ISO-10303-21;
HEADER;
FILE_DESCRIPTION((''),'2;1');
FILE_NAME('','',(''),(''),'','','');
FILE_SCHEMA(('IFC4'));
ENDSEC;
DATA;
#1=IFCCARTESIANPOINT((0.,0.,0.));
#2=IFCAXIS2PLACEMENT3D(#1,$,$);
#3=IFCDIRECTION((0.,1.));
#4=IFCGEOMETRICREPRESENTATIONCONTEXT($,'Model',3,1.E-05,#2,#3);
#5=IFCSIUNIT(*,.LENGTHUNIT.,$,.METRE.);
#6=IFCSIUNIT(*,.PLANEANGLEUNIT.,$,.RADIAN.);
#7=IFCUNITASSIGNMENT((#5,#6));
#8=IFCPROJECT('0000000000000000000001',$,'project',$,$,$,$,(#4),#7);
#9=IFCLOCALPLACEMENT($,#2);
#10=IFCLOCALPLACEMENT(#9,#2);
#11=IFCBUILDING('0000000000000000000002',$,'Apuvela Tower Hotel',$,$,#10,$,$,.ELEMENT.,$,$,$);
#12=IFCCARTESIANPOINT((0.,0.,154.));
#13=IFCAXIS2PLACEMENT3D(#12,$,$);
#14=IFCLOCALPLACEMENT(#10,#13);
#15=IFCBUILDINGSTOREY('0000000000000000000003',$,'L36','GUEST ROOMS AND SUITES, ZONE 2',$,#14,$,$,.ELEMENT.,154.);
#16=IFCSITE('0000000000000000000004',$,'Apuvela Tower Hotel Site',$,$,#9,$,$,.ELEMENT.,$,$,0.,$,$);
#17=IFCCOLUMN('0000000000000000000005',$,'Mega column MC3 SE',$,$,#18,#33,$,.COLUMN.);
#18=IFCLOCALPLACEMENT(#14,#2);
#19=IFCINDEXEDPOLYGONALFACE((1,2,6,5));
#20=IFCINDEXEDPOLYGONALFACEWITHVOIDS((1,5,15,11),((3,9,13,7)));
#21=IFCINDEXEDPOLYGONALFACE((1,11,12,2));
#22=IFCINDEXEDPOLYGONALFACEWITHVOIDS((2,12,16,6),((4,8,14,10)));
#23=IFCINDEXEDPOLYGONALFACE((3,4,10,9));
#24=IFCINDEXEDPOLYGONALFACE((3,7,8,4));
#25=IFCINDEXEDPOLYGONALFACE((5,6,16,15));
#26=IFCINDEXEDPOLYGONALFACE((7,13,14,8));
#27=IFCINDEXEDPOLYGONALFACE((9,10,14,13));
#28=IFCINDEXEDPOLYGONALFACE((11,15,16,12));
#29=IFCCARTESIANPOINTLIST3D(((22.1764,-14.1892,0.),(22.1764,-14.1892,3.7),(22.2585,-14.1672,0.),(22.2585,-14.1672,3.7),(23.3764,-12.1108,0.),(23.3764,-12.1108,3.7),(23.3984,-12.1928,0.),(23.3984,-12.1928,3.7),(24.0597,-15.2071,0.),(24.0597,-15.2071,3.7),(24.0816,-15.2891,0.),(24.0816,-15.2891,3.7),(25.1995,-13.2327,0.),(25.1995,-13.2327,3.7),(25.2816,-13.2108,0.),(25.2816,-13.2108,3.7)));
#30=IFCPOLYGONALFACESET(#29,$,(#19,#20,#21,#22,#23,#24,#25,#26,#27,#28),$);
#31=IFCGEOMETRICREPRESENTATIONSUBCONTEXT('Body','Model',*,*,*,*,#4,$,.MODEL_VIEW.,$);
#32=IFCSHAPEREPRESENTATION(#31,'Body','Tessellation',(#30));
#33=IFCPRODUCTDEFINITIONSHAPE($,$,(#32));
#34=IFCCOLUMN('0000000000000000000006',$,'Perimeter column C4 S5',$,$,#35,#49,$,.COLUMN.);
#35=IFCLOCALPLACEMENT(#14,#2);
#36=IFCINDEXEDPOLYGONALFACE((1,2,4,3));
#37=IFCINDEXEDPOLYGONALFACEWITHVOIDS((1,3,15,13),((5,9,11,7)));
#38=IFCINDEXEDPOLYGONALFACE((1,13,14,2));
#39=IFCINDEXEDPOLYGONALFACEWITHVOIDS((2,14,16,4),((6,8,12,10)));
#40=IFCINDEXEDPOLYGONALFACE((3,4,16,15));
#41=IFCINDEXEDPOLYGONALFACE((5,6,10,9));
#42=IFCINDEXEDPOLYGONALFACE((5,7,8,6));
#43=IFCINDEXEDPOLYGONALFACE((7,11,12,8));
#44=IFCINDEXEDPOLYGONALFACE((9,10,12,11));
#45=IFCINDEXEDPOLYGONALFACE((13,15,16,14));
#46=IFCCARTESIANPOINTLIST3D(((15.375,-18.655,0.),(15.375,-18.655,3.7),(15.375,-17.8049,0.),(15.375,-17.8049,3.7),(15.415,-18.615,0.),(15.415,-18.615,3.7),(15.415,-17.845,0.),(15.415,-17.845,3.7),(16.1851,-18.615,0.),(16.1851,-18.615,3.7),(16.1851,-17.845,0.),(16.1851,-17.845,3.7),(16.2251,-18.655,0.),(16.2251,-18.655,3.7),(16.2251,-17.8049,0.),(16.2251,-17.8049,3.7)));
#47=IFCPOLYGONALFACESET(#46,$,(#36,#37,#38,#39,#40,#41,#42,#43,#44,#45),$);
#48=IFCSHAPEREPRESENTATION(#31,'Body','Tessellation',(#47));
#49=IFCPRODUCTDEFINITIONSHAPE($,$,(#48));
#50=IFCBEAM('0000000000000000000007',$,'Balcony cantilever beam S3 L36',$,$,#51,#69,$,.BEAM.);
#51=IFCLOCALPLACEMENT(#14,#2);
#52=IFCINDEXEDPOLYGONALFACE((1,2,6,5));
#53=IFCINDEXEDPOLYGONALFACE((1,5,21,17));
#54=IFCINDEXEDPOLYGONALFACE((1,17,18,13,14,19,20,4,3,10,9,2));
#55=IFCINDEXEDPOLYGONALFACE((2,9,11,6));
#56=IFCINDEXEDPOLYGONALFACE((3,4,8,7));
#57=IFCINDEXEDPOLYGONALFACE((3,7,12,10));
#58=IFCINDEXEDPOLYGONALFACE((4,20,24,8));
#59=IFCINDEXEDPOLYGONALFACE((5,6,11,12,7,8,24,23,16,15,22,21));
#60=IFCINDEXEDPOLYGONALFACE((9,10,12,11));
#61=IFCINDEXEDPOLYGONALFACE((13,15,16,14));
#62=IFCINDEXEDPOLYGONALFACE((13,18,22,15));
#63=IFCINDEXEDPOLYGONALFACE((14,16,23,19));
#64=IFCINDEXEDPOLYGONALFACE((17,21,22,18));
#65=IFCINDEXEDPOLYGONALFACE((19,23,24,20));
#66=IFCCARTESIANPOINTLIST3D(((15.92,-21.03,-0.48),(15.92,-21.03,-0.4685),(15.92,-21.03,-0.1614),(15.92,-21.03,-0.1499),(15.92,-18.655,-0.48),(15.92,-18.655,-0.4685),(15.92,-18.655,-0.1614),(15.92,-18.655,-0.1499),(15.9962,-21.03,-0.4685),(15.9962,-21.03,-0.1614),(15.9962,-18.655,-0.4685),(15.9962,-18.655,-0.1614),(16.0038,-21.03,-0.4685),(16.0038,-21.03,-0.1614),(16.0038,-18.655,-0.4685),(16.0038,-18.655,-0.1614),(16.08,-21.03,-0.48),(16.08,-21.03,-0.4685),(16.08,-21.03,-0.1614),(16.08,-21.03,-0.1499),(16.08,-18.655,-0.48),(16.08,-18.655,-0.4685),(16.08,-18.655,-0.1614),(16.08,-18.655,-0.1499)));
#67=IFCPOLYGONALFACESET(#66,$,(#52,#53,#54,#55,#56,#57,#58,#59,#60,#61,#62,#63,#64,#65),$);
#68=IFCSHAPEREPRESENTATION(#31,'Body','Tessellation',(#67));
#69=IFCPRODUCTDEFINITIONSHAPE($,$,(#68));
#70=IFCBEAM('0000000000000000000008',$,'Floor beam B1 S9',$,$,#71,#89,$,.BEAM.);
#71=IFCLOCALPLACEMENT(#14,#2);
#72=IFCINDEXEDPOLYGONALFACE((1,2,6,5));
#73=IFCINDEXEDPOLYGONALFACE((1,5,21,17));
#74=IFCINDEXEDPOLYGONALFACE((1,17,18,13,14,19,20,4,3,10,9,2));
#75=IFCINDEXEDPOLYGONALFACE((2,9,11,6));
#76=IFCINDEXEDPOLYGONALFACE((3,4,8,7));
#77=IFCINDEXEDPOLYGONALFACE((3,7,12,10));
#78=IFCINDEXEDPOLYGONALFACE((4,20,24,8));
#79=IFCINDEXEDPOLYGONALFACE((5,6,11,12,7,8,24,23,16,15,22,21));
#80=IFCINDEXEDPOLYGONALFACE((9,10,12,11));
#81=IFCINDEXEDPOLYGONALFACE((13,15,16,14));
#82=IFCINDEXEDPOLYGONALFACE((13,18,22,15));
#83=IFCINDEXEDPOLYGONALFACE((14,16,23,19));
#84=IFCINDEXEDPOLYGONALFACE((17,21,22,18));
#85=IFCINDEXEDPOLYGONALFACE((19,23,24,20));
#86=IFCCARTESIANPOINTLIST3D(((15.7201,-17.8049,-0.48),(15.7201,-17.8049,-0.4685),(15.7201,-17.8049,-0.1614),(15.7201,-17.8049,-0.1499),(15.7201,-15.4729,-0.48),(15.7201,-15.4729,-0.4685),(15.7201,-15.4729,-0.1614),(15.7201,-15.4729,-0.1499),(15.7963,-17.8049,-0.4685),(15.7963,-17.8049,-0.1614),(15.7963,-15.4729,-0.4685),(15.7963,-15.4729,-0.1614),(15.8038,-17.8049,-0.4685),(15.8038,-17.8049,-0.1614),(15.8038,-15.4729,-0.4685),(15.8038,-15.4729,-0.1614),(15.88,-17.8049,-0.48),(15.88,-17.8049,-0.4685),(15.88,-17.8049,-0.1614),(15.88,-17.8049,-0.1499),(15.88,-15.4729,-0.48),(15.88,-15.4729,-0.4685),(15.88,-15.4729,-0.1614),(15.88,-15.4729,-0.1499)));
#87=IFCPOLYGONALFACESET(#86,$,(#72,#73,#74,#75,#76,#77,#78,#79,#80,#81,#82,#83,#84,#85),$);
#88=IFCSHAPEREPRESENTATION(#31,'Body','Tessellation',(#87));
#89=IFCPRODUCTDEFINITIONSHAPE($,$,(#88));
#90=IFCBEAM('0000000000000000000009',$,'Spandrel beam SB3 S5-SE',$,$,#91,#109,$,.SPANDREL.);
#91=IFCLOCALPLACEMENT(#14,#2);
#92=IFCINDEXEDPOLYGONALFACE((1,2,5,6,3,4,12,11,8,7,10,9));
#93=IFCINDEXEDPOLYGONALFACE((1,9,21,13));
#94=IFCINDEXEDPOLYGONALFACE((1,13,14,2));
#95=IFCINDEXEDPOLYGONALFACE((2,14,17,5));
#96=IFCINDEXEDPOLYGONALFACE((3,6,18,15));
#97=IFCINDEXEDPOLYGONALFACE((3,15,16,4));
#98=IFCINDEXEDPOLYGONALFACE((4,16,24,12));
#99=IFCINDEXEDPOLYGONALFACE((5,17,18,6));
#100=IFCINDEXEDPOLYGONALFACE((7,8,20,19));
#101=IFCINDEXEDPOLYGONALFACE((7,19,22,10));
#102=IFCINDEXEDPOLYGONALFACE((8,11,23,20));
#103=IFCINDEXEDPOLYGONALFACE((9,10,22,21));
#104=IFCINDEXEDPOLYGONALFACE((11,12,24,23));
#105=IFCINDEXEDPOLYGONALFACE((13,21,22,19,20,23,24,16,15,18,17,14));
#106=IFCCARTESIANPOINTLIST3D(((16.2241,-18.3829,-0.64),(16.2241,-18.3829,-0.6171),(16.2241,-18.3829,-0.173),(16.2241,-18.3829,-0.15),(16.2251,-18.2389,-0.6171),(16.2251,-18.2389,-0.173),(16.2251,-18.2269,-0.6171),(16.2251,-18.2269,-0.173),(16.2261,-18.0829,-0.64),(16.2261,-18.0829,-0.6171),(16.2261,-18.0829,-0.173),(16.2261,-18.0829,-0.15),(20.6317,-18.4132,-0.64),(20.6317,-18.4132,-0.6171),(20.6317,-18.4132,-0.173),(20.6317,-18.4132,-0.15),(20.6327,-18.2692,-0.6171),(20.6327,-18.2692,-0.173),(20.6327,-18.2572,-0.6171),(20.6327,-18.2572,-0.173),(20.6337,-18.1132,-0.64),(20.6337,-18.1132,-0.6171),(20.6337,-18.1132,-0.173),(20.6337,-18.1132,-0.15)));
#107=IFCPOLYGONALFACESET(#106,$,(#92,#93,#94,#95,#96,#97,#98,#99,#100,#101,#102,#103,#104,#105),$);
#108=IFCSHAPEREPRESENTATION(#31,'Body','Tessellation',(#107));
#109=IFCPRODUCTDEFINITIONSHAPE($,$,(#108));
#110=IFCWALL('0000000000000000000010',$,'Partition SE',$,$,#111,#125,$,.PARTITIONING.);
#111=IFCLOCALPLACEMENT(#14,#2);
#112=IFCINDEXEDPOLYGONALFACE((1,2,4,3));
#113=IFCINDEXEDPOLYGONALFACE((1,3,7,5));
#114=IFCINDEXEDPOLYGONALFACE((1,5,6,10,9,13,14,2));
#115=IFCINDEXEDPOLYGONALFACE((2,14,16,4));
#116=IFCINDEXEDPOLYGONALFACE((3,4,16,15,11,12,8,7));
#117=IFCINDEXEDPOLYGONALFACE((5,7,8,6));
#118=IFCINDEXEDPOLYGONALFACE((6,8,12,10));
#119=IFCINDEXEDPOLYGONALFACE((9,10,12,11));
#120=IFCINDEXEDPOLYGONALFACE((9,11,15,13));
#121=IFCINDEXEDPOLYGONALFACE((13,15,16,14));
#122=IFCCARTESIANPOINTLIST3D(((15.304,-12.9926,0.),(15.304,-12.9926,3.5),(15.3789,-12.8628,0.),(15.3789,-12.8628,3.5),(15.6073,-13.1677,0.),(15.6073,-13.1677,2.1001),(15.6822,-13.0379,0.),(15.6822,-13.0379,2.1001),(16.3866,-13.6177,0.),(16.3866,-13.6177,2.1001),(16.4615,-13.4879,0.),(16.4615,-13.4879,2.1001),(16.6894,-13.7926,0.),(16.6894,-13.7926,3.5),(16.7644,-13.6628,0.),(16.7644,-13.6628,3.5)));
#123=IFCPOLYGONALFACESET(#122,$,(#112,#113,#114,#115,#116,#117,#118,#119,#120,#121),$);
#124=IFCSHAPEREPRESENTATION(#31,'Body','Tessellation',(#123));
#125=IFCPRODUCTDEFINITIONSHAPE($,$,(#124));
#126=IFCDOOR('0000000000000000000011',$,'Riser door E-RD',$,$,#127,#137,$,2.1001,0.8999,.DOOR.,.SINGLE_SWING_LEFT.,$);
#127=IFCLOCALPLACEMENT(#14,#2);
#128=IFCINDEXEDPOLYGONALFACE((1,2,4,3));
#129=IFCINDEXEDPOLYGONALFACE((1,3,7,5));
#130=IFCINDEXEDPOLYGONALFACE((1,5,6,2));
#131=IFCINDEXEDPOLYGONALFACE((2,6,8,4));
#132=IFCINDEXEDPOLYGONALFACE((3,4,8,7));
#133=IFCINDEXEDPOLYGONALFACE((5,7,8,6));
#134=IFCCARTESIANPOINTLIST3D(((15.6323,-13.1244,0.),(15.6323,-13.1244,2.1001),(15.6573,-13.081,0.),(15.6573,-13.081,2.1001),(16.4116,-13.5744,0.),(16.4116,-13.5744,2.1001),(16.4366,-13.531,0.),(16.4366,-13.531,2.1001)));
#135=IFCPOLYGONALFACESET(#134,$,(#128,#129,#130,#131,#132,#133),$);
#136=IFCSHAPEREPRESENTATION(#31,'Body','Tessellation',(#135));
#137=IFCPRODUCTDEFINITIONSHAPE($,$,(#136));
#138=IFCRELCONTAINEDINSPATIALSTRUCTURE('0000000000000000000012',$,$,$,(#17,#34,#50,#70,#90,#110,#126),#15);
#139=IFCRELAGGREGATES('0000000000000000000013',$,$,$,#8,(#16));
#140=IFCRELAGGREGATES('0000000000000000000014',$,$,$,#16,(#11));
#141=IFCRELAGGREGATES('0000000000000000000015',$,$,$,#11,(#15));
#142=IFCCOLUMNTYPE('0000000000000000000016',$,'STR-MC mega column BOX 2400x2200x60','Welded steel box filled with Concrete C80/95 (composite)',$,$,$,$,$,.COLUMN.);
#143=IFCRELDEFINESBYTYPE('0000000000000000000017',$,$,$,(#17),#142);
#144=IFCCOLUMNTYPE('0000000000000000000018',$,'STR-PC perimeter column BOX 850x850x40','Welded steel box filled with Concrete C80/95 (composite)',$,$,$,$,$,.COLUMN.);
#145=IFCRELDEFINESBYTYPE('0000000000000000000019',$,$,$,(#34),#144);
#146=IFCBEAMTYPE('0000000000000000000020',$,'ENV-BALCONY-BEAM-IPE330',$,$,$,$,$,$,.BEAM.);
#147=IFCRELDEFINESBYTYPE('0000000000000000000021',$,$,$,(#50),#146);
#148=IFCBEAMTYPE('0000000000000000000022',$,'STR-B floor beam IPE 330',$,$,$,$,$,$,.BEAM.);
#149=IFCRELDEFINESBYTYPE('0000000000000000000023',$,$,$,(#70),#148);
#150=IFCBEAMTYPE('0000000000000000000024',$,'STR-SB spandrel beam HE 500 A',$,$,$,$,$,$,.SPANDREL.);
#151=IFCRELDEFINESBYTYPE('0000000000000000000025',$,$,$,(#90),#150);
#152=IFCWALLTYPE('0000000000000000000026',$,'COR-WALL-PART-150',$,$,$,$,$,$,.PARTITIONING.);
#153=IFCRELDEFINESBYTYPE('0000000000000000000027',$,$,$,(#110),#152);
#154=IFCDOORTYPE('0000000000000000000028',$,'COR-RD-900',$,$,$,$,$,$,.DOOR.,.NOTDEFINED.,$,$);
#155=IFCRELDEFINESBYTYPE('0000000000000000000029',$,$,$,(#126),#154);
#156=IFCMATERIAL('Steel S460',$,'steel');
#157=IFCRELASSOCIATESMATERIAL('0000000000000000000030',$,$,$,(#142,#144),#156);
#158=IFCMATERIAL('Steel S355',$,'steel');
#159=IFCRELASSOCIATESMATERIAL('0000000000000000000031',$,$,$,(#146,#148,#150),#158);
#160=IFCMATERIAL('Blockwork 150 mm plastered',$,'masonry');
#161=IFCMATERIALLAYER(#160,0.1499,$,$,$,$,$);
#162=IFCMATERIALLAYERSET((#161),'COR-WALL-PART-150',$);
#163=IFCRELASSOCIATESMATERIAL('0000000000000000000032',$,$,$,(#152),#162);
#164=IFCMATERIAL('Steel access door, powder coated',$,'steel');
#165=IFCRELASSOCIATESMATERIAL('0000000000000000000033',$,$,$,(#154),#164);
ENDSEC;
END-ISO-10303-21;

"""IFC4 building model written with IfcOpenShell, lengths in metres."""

from ifc_helpers import new_model, si_unit, direction, frame, frame_2d, origin, origin_2d, place, context, subcontext, project, spatial, rectangle, hollow_rectangle, i_section, extrude, material, layer, layer_set, material_profile, profile_set, type_object, element, fill, save


model = new_model("IFC4")

# Units and contexts
model_context = context("Model", 3, precision=1e-05, world=origin(), true_north=direction((0.0, 1.0)))
body_context = subcontext(model_context, "Body", "Model", "MODEL_VIEW")
ifc_project = project(units=[si_unit("LENGTHUNIT", "METRE"), si_unit("PLANEANGLEUNIT", "RADIAN")], contexts=[model_context])

# Site, building, storey
site_placement = place(None, origin())
site = spatial("IfcSite", under=ifc_project, at=site_placement, Name="Apuvela Tower Hotel Site", CompositionType="ELEMENT", RefElevation=0.0)
building_placement = place(site_placement, origin())
building = spatial("IfcBuilding", under=site, at=building_placement, Name="Apuvela Tower Hotel", CompositionType="ELEMENT")
storey_placement = place(building_placement, frame((0.0, 0.0, 154.0)))
storey = spatial("IfcBuildingStorey", under=building, at=storey_placement, Name="L36", Description="GUEST ROOMS AND SUITES, ZONE 2", CompositionType="ELEMENT", Elevation=154.0)

# Columns
ifc_material_1 = material(Name="Steel S460", Category="steel")
ifc_material_profile_1 = material_profile(ifc_material_1, hollow_rectangle(XDim=2.3999, YDim=2.2, WallThickness=0.0601, at=origin_2d()), Name="BOX 2400x2200x60")
ifc_material_2 = material(Name="Concrete C80/95", Category="concrete")
ifc_material_profile_2 = material_profile(ifc_material_2, rectangle(XDim=2.28, YDim=2.0801, at=origin_2d()), Name="Concrete C80/95 infill")
ifc_profile_set_1 = profile_set([ifc_material_profile_1, ifc_material_profile_2], Name="Steel S460")
column_type_1 = type_object("IfcColumnType", Name="STR-MC mega column BOX 2400x2200x60", Description="Welded steel box filled with Concrete C80/95 (composite)", PredefinedType="COLUMN", material=ifc_profile_set_1)
column_1_placement = place(storey_placement, frame((23.729, -13.7, 0.0), z_axis=(0.0, 0.0, 1.0), x_axis=(0.5, 0.866025, 0.0)))
element("IfcColumn", 1, at=column_1_placement, inside=storey, type_object=column_type_1, Name="Mega column MC3 SE", PredefinedType="COLUMN", context=body_context, shape_type="SweptSolid", body=[
    extrude(hollow_rectangle(XDim=2.3999, YDim=2.2, WallThickness=0.0601, at=origin_2d()), origin(), (0.0, 0.0, 1.0), 3.7),
])
ifc_material_profile_3 = material_profile(ifc_material_1, hollow_rectangle(XDim=0.8501, YDim=0.8501, WallThickness=0.04, at=origin_2d()), Name="BOX 850x850x40")
ifc_material_profile_4 = material_profile(ifc_material_2, rectangle(XDim=0.77, YDim=0.77, at=origin_2d()), Name="Concrete C80/95 infill")
ifc_profile_set_2 = profile_set([ifc_material_profile_3, ifc_material_profile_4], Name="Steel S460")
column_type_2 = type_object("IfcColumnType", Name="STR-PC perimeter column BOX 850x850x40", Description="Welded steel box filled with Concrete C80/95 (composite)", PredefinedType="COLUMN", material=ifc_profile_set_2)
column_2_placement = place(storey_placement, frame((15.8, -18.23, 0.0), z_axis=(0.0, 0.0, 1.0), x_axis=(-1.0, 0.0, 0.0)))
element("IfcColumn", 2, at=column_2_placement, inside=storey, type_object=column_type_2, Name="Perimeter column C4 S5", PredefinedType="COLUMN", context=body_context, shape_type="SweptSolid", body=[
    extrude(hollow_rectangle(XDim=0.8501, YDim=0.8501, WallThickness=0.04, at=origin_2d()), origin(), (0.0, 0.0, 1.0), 3.7),
])

# Beams
ifc_material_3 = material(Name="Steel S355", Category="steel")
ifc_material_profile_5 = material_profile(ifc_material_3, i_section(OverallWidth=0.1599, OverallDepth=0.3301, WebThickness=0.0076, FlangeThickness=0.0115, at=origin_2d()), Name="IPE 330")
ifc_profile_set_3 = profile_set([ifc_material_profile_5], Name="Steel S355")
beam_type_1 = type_object("IfcBeamType", Name="ENV-BALCONY-BEAM-IPE330", PredefinedType="BEAM", material=ifc_profile_set_3)
beam_1_placement = place(storey_placement, frame((16.0, -18.655, -0.3149), z_axis=(0.0, -1.0, 0.0), x_axis=(1.0, 0.0, 0.0)))
element("IfcBeam", 3, at=beam_1_placement, inside=storey, type_object=beam_type_1, Name="Balcony cantilever beam S3 L36", PredefinedType="BEAM", context=body_context, shape_type="SweptSolid", body=[
    extrude(i_section(OverallWidth=0.1599, OverallDepth=0.3301, WebThickness=0.0076, FlangeThickness=0.0115, at=origin_2d()), origin(), (0.0, 0.0, 1.0), 2.375),
])
ifc_material_profile_6 = material_profile(ifc_material_3, i_section(OverallWidth=0.1599, OverallDepth=0.3301, WebThickness=0.0076, FlangeThickness=0.0115, at=origin_2d()), Name="IPE 330")
ifc_profile_set_4 = profile_set([ifc_material_profile_6], Name="Steel S355")
beam_type_2 = type_object("IfcBeamType", Name="STR-B floor beam IPE 330", PredefinedType="BEAM", material=ifc_profile_set_4)
beam_2_placement = place(storey_placement, frame((15.8, -17.8049, -0.3149), z_axis=(0.0, 1.0, 0.0), x_axis=(-1.0, 0.0, 0.0)))
element("IfcBeam", 4, at=beam_2_placement, inside=storey, type_object=beam_type_2, Name="Floor beam B1 S9", PredefinedType="BEAM", context=body_context, shape_type="SweptSolid", body=[
    extrude(i_section(OverallWidth=0.1599, OverallDepth=0.3301, WebThickness=0.0076, FlangeThickness=0.0115, at=origin_2d()), origin(), (0.0, 0.0, 1.0), 2.332),
])
ifc_material_profile_7 = material_profile(ifc_material_3, i_section(OverallWidth=0.3, OverallDepth=0.49, WebThickness=0.012, FlangeThickness=0.0229, at=origin_2d()), Name="HE 500 A")
ifc_profile_set_5 = profile_set([ifc_material_profile_7], Name="Steel S355")
beam_type_3 = type_object("IfcBeamType", Name="STR-SB spandrel beam HE 500 A", PredefinedType="SPANDREL", material=ifc_profile_set_5)
beam_3_placement = place(storey_placement, frame((16.2251, -18.2329, -0.395), z_axis=(0.999976, -0.006868, 0.0), x_axis=(0.006868, 0.999976, 0.0)))
element("IfcBeam", 5, at=beam_3_placement, inside=storey, type_object=beam_type_3, Name="Spandrel beam SB3 S5-SE", PredefinedType="SPANDREL", context=body_context, shape_type="SweptSolid", body=[
    extrude(i_section(OverallWidth=0.3, OverallDepth=0.49, WebThickness=0.012, FlangeThickness=0.0229, at=origin_2d()), origin(), (0.0, 0.0, 1.0), 4.4077),
])

# Wall, opening, door
ifc_material_4 = material(Name="Blockwork 150 mm plastered", Category="masonry")
ifc_layer_1 = layer(ifc_material_4, 0.1499)
ifc_layer_set_1 = layer_set([ifc_layer_1], Name="COR-WALL-PART-150")
wall_type_1 = type_object("IfcWallType", Name="COR-WALL-PART-150", PredefinedType="PARTITIONING", material=ifc_layer_set_1)
wall_1_placement = place(storey_placement, frame((15.3416, -12.9277, 0.0), z_axis=(0.0, 0.0, 1.0), x_axis=(0.86599, -0.500061, 0.0)))
wall_1 = element("IfcWall", 6, at=wall_1_placement, inside=storey, type_object=wall_type_1, Name="Partition SE", PredefinedType="PARTITIONING", context=body_context, shape_type="SweptSolid", body=[
    extrude(rectangle(XDim=1.5999, YDim=0.1499, at=frame_2d((0.7998, 0.0))), origin(), (0.0, 0.0, 1.0), 3.5),
])
opening_1_placement = place(wall_1_placement, frame((0.3501, 0.0, 0.0)))
opening_1 = element("IfcOpeningElement", 7, at=opening_1_placement, cuts=wall_1, PredefinedType="OPENING", context=body_context, shape_type="SweptSolid", body=[
    extrude(rectangle(XDim=0.8999, YDim=2.1001, at=frame_2d((0.45, 1.05))), frame((0.0, 0.085, 0.0), z_axis=(0.0, -1.0, 0.0), x_axis=(1.0, 0.0, 0.0)), (0.0, 0.0, 1.0), 0.1699),
])
ifc_material_5 = material(Name="Steel access door, powder coated", Category="steel")
door_type_1 = type_object("IfcDoorType", Name="COR-RD-900", OperationType="NOTDEFINED", PredefinedType="DOOR", material=ifc_material_5)
door_1_placement = place(opening_1_placement, frame((0.8999, 0.0, 0.0), z_axis=(0.0, 0.0, 1.0), x_axis=(-1.0, 0.0, 0.0)))
door_1 = element("IfcDoor", 8, at=door_1_placement, inside=storey, type_object=door_type_1, Name="Riser door E-RD", OperationType="SINGLE_SWING_LEFT", OverallHeight=2.1001, OverallWidth=0.8999, PredefinedType="DOOR", context=body_context, shape_type="SweptSolid", body=[
    extrude(rectangle(XDim=0.8999, YDim=2.1001, at=frame_2d((0.45, 1.05))), frame((0.0, 0.0249, 0.0), z_axis=(0.0, -1.0, 0.0), x_axis=(1.0, 0.0, 0.0)), (0.0, 0.0, 1.0), 0.05),
])
fill(opening_1, door_1)

save(model, "model.ifc")
